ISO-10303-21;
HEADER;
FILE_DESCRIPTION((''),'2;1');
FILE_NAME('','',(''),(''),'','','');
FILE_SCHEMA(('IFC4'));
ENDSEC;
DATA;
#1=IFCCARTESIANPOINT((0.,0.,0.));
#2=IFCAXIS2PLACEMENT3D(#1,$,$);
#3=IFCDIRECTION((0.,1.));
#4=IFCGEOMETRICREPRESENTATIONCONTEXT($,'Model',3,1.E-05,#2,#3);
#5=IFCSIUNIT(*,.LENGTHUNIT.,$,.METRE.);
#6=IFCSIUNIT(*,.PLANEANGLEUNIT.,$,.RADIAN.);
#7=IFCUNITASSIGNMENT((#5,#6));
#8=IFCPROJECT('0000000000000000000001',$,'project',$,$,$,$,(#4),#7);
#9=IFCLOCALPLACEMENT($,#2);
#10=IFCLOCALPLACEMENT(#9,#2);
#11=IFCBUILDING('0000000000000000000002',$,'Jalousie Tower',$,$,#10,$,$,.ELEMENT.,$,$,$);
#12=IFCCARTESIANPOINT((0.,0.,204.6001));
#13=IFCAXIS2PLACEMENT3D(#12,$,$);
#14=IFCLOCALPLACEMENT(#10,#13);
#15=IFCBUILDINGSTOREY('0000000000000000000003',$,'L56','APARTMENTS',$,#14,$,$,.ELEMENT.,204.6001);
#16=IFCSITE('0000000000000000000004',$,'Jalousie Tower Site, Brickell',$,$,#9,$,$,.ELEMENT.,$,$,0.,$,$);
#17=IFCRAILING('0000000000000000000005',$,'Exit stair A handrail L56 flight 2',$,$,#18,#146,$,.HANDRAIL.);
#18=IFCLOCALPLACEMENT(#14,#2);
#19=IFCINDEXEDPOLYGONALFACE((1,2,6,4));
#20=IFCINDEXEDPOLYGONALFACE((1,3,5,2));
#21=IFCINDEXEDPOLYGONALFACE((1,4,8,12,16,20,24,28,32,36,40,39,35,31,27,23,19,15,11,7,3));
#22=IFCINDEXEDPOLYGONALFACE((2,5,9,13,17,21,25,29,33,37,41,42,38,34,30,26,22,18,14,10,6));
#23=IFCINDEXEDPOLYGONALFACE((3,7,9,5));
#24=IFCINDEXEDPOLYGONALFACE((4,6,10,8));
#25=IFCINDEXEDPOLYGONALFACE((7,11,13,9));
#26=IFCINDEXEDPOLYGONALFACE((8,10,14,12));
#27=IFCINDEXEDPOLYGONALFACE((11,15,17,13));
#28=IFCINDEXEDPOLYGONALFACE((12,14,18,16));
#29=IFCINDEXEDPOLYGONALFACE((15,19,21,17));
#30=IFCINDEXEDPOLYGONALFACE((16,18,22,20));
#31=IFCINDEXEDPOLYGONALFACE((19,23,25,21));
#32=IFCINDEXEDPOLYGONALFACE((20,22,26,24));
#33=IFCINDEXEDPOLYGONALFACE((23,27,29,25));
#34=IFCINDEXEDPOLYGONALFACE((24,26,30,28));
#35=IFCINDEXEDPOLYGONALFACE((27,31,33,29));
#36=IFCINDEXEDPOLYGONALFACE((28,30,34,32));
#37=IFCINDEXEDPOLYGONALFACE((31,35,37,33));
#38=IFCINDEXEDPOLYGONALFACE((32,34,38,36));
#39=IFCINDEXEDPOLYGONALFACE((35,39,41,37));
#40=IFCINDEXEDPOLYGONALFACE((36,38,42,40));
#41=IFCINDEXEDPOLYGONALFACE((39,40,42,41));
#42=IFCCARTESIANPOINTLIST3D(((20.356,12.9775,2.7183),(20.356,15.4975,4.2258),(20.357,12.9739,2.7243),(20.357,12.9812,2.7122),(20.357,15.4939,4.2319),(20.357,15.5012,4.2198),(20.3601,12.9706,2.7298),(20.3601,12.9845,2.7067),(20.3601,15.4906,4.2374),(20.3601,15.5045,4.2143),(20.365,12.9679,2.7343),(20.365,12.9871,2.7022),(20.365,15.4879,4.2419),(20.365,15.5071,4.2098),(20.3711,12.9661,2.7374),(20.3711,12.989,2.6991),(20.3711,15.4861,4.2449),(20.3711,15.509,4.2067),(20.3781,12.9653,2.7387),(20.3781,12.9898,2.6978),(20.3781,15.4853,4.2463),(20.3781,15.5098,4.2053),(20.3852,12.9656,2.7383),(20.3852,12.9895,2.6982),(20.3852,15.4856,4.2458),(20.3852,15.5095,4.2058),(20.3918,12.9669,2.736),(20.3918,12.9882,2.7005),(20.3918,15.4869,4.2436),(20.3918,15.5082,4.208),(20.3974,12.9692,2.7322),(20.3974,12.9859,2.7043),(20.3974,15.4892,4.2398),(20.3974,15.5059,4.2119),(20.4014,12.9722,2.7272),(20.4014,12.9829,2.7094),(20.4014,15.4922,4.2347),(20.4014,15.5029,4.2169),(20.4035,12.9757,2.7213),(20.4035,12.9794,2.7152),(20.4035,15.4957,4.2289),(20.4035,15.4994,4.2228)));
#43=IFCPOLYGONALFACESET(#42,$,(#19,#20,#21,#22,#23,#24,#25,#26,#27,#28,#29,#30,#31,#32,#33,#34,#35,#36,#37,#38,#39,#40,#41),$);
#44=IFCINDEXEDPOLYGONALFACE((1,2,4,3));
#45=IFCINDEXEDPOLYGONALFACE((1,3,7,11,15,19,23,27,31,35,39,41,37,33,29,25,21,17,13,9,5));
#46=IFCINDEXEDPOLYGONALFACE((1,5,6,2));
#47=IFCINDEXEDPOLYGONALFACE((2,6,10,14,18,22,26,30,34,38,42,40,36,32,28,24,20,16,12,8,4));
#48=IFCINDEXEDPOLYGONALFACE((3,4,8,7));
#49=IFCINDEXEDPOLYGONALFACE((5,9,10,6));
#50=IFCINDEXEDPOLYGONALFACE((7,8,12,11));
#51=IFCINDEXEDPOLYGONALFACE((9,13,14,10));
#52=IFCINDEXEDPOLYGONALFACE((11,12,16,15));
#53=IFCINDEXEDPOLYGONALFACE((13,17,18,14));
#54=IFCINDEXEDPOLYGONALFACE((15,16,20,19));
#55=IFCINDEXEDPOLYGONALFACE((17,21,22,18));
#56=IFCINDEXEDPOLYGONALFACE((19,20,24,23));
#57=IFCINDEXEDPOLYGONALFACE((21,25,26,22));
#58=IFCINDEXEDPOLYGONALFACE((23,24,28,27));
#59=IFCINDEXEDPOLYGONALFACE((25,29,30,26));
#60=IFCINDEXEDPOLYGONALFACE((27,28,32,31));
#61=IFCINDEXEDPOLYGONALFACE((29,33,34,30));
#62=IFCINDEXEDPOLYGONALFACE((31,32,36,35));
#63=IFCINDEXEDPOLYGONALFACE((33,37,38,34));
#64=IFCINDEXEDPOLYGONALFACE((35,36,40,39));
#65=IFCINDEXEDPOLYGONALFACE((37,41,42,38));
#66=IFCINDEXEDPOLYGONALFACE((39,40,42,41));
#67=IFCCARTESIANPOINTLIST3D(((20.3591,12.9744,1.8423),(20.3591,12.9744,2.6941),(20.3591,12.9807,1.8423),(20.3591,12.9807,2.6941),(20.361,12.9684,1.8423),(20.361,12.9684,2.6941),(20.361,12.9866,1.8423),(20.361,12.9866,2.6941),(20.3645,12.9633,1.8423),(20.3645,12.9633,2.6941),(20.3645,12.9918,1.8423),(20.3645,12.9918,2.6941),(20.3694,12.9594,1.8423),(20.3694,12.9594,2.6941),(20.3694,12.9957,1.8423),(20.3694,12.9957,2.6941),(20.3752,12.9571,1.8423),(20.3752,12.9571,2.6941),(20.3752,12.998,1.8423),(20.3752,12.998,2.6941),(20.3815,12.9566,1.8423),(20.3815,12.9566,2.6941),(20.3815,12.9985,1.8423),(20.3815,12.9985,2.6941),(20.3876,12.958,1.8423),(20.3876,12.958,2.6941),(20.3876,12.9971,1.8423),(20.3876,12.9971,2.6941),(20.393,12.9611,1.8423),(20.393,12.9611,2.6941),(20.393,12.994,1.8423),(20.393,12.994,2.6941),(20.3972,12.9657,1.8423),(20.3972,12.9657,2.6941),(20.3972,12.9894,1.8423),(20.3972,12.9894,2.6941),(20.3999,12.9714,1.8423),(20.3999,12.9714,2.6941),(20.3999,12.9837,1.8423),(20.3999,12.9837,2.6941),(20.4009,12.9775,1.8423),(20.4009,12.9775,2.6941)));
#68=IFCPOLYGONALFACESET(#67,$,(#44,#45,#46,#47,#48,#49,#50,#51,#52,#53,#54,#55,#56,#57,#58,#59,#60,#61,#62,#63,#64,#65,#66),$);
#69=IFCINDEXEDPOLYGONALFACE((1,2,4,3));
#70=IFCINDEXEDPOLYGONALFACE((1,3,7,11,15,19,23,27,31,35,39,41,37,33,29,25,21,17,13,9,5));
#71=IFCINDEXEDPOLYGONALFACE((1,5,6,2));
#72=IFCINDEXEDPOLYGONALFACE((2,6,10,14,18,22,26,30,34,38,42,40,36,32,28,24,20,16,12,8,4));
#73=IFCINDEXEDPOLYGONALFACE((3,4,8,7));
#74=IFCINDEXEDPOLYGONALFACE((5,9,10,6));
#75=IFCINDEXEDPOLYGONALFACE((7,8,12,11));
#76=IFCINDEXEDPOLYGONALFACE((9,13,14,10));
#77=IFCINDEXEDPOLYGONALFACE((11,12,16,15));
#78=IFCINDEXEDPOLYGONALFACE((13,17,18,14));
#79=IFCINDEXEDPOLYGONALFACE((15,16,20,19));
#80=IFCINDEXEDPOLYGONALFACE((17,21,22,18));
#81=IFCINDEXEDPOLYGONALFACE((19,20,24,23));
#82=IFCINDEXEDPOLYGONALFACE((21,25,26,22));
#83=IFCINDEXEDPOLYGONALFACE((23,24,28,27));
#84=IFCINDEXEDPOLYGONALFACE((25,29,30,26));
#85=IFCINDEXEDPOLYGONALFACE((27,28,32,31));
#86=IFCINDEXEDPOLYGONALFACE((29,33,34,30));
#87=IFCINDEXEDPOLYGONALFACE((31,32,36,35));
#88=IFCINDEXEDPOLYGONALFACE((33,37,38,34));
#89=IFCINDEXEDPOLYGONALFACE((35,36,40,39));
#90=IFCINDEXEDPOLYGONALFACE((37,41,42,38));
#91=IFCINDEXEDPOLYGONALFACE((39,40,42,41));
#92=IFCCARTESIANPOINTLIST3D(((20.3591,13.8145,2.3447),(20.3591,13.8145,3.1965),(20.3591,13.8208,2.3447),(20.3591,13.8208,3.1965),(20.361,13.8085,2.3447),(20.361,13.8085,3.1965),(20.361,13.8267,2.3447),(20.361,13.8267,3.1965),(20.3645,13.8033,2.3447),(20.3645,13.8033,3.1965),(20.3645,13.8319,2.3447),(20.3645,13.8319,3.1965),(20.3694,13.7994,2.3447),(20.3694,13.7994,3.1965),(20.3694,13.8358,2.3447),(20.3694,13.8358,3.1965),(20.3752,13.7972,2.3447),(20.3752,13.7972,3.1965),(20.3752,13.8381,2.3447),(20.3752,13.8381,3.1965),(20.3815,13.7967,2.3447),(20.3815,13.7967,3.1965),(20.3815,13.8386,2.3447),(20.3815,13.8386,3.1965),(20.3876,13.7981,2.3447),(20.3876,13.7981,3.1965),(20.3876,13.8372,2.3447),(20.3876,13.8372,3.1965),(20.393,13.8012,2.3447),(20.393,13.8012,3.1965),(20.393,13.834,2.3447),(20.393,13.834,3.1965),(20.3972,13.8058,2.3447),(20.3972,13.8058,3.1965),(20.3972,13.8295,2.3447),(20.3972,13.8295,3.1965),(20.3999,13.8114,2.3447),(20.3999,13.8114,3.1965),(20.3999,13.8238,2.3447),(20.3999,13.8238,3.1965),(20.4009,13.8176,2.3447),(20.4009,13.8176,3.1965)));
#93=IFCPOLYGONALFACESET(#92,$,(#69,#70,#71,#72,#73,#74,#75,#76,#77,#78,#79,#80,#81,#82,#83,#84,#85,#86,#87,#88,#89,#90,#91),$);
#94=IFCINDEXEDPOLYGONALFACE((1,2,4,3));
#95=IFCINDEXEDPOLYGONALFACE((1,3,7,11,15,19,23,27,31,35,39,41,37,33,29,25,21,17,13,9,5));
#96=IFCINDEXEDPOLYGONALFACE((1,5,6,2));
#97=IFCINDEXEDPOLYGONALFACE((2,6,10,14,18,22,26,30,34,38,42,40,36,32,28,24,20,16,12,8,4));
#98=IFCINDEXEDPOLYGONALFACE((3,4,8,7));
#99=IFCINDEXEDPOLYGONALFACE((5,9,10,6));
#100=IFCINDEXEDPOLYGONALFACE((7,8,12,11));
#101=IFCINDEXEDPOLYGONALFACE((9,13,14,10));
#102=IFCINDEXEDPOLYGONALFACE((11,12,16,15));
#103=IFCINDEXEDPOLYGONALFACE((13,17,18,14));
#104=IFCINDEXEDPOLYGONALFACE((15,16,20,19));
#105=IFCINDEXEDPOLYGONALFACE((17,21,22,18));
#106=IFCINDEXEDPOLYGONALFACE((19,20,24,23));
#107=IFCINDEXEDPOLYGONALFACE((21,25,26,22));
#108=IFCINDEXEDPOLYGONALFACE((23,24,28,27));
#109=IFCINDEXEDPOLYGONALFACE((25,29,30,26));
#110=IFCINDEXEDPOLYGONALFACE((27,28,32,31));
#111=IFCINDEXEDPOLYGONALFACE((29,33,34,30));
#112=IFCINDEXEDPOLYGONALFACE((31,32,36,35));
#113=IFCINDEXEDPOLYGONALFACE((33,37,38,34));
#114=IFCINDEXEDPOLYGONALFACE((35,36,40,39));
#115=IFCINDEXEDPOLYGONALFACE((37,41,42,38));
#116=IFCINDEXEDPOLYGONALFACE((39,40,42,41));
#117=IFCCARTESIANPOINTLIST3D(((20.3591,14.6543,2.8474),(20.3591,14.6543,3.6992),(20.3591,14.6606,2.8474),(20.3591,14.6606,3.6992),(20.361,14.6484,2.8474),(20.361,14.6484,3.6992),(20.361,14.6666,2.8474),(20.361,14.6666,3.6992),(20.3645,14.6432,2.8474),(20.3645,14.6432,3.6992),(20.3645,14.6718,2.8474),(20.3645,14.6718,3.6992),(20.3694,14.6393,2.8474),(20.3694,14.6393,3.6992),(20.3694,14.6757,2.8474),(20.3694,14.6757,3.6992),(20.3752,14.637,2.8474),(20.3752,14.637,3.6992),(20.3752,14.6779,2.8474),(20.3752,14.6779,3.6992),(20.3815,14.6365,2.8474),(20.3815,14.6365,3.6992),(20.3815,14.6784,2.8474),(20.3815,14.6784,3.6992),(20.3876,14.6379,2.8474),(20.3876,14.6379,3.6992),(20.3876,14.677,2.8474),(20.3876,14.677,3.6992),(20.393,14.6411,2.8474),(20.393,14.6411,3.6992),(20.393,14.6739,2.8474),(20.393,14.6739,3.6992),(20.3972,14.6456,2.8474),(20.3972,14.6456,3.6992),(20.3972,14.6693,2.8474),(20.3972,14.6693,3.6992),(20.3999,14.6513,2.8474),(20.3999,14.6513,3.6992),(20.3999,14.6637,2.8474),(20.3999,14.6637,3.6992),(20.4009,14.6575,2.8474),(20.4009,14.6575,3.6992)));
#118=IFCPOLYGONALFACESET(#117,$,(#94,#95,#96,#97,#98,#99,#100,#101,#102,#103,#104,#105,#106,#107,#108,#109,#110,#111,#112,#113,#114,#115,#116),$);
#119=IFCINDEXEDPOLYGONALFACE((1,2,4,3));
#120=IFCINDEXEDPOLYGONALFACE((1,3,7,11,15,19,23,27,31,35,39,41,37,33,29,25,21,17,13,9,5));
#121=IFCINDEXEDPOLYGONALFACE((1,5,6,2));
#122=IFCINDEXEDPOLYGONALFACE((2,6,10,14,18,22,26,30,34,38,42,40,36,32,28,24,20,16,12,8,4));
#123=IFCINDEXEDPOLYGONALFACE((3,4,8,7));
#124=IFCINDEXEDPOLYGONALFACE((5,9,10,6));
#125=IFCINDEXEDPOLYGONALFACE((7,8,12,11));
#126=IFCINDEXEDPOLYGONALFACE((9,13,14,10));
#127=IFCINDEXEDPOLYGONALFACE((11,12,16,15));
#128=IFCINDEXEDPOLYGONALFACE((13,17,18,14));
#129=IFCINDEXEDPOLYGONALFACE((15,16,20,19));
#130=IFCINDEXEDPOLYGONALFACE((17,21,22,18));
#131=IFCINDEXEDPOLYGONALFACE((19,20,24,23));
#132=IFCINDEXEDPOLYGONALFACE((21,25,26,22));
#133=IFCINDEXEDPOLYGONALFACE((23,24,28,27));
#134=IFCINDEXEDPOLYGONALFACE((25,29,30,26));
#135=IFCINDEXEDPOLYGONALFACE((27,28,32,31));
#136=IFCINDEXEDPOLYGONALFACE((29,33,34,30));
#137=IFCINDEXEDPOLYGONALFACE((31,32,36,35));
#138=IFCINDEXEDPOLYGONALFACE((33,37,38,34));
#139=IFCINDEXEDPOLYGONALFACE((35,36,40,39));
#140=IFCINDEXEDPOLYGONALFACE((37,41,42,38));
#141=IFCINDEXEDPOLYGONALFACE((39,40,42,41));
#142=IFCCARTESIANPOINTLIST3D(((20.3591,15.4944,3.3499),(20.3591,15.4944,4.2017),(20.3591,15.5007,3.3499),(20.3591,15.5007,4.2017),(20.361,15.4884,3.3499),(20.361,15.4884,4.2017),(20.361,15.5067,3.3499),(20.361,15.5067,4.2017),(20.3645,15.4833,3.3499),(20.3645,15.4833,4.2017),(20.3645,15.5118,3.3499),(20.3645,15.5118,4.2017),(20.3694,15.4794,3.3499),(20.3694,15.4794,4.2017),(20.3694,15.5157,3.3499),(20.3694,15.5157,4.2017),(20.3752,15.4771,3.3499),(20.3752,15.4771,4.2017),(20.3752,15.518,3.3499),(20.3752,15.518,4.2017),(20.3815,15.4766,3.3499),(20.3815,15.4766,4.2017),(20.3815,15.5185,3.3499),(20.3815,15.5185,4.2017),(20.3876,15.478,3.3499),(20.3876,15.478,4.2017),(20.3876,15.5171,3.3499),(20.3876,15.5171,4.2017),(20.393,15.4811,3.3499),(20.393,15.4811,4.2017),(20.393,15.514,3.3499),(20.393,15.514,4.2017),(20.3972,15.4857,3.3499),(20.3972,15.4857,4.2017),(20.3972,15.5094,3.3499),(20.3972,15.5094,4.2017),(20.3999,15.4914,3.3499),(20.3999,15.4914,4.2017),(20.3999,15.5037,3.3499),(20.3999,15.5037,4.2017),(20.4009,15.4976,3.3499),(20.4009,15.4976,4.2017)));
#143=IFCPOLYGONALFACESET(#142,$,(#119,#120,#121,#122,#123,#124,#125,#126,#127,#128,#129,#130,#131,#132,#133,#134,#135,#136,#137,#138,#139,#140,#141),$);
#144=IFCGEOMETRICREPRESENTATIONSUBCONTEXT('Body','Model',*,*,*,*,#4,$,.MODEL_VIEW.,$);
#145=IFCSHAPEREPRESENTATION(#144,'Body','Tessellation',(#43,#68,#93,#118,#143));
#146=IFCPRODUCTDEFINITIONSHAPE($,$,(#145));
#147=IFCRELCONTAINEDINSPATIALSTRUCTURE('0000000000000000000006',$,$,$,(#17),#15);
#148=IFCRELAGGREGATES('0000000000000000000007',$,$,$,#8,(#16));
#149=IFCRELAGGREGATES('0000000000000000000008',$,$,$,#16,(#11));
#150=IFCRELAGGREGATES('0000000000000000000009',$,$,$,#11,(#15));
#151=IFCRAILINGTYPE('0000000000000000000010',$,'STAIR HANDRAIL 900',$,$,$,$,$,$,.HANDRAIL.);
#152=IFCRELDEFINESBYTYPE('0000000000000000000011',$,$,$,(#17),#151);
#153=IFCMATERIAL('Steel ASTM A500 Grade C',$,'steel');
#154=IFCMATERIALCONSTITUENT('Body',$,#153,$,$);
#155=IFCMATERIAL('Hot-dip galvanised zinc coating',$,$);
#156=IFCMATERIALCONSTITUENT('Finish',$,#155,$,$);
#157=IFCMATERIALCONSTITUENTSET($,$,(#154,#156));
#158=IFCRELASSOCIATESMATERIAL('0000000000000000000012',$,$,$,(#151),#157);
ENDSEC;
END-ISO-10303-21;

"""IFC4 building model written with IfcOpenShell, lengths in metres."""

from ifc_helpers import new_model, si_unit, direction, frame, origin, origin_2d, place, context, subcontext, project, spatial, circle, extrude, material, constituent, constituent_set, type_object, element, save


model = new_model("IFC4")

# Units and contexts
model_context = context("Model", 3, precision=1e-05, world=origin(), true_north=direction((0.0, 1.0)))
body_context = subcontext(model_context, "Body", "Model", "MODEL_VIEW")
ifc_project = project(units=[si_unit("LENGTHUNIT", "METRE"), si_unit("PLANEANGLEUNIT", "RADIAN")], contexts=[model_context])

# Site, building, storey
site_placement = place(None, origin())
site = spatial("IfcSite", under=ifc_project, at=site_placement, Name="Jalousie Tower Site, Brickell", CompositionType="ELEMENT", RefElevation=0.0)
building_placement = place(site_placement, origin())
building = spatial("IfcBuilding", under=site, at=building_placement, Name="Jalousie Tower", CompositionType="ELEMENT")
storey_placement = place(building_placement, frame((0.0, 0.0, 204.6001)))
storey = spatial("IfcBuildingStorey", under=building, at=storey_placement, Name="L56", Description="APARTMENTS", CompositionType="ELEMENT", Elevation=204.6001)

# Railing
ifc_material_1 = material(Name="Steel ASTM A500 Grade C", Category="steel")
ifc_constituent_1 = constituent(ifc_material_1, Name="Body")
ifc_material_2 = material(Name="Hot-dip galvanised zinc coating")
ifc_constituent_2 = constituent(ifc_material_2, Name="Finish")
ifc_constituent_set_1 = constituent_set(constituents=[ifc_constituent_1, ifc_constituent_2])
railing_type_1 = type_object("IfcRailingType", Name="STAIR HANDRAIL 900", PredefinedType="HANDRAIL", material=ifc_constituent_set_1)
railing_1_placement = place(storey_placement, frame((20.3799, 12.9775, 1.8423)))
element("IfcRailing", 1, at=railing_1_placement, inside=storey, type_object=railing_type_1, Name="Exit stair A handrail L56 flight 2", PredefinedType="HANDRAIL", context=body_context, shape_type="SweptSolid", body=[
    extrude(circle(Radius=0.0239, at=origin_2d()), frame((0.0, 0.0, 0.876), z_axis=(0.0, 0.85816, 0.513383), x_axis=(-1.0, 0.0, 0.0)), (0.0, 0.0, 1.0), 2.9365),
    extrude(circle(Radius=0.021, at=origin_2d()), origin(), (0.0, 0.0, 1.0), 0.8518),
    extrude(circle(Radius=0.021, at=origin_2d()), frame((0.0, 0.8401, 0.5024)), (0.0, 0.0, 1.0), 0.8518),
    extrude(circle(Radius=0.021, at=origin_2d()), frame((0.0, 1.6799, 1.0051)), (0.0, 0.0, 1.0), 0.8518),
    extrude(circle(Radius=0.021, at=origin_2d()), frame((0.0, 2.52, 1.5076)), (0.0, 0.0, 1.0), 0.8518),
])

save(model, "model.ifc")
